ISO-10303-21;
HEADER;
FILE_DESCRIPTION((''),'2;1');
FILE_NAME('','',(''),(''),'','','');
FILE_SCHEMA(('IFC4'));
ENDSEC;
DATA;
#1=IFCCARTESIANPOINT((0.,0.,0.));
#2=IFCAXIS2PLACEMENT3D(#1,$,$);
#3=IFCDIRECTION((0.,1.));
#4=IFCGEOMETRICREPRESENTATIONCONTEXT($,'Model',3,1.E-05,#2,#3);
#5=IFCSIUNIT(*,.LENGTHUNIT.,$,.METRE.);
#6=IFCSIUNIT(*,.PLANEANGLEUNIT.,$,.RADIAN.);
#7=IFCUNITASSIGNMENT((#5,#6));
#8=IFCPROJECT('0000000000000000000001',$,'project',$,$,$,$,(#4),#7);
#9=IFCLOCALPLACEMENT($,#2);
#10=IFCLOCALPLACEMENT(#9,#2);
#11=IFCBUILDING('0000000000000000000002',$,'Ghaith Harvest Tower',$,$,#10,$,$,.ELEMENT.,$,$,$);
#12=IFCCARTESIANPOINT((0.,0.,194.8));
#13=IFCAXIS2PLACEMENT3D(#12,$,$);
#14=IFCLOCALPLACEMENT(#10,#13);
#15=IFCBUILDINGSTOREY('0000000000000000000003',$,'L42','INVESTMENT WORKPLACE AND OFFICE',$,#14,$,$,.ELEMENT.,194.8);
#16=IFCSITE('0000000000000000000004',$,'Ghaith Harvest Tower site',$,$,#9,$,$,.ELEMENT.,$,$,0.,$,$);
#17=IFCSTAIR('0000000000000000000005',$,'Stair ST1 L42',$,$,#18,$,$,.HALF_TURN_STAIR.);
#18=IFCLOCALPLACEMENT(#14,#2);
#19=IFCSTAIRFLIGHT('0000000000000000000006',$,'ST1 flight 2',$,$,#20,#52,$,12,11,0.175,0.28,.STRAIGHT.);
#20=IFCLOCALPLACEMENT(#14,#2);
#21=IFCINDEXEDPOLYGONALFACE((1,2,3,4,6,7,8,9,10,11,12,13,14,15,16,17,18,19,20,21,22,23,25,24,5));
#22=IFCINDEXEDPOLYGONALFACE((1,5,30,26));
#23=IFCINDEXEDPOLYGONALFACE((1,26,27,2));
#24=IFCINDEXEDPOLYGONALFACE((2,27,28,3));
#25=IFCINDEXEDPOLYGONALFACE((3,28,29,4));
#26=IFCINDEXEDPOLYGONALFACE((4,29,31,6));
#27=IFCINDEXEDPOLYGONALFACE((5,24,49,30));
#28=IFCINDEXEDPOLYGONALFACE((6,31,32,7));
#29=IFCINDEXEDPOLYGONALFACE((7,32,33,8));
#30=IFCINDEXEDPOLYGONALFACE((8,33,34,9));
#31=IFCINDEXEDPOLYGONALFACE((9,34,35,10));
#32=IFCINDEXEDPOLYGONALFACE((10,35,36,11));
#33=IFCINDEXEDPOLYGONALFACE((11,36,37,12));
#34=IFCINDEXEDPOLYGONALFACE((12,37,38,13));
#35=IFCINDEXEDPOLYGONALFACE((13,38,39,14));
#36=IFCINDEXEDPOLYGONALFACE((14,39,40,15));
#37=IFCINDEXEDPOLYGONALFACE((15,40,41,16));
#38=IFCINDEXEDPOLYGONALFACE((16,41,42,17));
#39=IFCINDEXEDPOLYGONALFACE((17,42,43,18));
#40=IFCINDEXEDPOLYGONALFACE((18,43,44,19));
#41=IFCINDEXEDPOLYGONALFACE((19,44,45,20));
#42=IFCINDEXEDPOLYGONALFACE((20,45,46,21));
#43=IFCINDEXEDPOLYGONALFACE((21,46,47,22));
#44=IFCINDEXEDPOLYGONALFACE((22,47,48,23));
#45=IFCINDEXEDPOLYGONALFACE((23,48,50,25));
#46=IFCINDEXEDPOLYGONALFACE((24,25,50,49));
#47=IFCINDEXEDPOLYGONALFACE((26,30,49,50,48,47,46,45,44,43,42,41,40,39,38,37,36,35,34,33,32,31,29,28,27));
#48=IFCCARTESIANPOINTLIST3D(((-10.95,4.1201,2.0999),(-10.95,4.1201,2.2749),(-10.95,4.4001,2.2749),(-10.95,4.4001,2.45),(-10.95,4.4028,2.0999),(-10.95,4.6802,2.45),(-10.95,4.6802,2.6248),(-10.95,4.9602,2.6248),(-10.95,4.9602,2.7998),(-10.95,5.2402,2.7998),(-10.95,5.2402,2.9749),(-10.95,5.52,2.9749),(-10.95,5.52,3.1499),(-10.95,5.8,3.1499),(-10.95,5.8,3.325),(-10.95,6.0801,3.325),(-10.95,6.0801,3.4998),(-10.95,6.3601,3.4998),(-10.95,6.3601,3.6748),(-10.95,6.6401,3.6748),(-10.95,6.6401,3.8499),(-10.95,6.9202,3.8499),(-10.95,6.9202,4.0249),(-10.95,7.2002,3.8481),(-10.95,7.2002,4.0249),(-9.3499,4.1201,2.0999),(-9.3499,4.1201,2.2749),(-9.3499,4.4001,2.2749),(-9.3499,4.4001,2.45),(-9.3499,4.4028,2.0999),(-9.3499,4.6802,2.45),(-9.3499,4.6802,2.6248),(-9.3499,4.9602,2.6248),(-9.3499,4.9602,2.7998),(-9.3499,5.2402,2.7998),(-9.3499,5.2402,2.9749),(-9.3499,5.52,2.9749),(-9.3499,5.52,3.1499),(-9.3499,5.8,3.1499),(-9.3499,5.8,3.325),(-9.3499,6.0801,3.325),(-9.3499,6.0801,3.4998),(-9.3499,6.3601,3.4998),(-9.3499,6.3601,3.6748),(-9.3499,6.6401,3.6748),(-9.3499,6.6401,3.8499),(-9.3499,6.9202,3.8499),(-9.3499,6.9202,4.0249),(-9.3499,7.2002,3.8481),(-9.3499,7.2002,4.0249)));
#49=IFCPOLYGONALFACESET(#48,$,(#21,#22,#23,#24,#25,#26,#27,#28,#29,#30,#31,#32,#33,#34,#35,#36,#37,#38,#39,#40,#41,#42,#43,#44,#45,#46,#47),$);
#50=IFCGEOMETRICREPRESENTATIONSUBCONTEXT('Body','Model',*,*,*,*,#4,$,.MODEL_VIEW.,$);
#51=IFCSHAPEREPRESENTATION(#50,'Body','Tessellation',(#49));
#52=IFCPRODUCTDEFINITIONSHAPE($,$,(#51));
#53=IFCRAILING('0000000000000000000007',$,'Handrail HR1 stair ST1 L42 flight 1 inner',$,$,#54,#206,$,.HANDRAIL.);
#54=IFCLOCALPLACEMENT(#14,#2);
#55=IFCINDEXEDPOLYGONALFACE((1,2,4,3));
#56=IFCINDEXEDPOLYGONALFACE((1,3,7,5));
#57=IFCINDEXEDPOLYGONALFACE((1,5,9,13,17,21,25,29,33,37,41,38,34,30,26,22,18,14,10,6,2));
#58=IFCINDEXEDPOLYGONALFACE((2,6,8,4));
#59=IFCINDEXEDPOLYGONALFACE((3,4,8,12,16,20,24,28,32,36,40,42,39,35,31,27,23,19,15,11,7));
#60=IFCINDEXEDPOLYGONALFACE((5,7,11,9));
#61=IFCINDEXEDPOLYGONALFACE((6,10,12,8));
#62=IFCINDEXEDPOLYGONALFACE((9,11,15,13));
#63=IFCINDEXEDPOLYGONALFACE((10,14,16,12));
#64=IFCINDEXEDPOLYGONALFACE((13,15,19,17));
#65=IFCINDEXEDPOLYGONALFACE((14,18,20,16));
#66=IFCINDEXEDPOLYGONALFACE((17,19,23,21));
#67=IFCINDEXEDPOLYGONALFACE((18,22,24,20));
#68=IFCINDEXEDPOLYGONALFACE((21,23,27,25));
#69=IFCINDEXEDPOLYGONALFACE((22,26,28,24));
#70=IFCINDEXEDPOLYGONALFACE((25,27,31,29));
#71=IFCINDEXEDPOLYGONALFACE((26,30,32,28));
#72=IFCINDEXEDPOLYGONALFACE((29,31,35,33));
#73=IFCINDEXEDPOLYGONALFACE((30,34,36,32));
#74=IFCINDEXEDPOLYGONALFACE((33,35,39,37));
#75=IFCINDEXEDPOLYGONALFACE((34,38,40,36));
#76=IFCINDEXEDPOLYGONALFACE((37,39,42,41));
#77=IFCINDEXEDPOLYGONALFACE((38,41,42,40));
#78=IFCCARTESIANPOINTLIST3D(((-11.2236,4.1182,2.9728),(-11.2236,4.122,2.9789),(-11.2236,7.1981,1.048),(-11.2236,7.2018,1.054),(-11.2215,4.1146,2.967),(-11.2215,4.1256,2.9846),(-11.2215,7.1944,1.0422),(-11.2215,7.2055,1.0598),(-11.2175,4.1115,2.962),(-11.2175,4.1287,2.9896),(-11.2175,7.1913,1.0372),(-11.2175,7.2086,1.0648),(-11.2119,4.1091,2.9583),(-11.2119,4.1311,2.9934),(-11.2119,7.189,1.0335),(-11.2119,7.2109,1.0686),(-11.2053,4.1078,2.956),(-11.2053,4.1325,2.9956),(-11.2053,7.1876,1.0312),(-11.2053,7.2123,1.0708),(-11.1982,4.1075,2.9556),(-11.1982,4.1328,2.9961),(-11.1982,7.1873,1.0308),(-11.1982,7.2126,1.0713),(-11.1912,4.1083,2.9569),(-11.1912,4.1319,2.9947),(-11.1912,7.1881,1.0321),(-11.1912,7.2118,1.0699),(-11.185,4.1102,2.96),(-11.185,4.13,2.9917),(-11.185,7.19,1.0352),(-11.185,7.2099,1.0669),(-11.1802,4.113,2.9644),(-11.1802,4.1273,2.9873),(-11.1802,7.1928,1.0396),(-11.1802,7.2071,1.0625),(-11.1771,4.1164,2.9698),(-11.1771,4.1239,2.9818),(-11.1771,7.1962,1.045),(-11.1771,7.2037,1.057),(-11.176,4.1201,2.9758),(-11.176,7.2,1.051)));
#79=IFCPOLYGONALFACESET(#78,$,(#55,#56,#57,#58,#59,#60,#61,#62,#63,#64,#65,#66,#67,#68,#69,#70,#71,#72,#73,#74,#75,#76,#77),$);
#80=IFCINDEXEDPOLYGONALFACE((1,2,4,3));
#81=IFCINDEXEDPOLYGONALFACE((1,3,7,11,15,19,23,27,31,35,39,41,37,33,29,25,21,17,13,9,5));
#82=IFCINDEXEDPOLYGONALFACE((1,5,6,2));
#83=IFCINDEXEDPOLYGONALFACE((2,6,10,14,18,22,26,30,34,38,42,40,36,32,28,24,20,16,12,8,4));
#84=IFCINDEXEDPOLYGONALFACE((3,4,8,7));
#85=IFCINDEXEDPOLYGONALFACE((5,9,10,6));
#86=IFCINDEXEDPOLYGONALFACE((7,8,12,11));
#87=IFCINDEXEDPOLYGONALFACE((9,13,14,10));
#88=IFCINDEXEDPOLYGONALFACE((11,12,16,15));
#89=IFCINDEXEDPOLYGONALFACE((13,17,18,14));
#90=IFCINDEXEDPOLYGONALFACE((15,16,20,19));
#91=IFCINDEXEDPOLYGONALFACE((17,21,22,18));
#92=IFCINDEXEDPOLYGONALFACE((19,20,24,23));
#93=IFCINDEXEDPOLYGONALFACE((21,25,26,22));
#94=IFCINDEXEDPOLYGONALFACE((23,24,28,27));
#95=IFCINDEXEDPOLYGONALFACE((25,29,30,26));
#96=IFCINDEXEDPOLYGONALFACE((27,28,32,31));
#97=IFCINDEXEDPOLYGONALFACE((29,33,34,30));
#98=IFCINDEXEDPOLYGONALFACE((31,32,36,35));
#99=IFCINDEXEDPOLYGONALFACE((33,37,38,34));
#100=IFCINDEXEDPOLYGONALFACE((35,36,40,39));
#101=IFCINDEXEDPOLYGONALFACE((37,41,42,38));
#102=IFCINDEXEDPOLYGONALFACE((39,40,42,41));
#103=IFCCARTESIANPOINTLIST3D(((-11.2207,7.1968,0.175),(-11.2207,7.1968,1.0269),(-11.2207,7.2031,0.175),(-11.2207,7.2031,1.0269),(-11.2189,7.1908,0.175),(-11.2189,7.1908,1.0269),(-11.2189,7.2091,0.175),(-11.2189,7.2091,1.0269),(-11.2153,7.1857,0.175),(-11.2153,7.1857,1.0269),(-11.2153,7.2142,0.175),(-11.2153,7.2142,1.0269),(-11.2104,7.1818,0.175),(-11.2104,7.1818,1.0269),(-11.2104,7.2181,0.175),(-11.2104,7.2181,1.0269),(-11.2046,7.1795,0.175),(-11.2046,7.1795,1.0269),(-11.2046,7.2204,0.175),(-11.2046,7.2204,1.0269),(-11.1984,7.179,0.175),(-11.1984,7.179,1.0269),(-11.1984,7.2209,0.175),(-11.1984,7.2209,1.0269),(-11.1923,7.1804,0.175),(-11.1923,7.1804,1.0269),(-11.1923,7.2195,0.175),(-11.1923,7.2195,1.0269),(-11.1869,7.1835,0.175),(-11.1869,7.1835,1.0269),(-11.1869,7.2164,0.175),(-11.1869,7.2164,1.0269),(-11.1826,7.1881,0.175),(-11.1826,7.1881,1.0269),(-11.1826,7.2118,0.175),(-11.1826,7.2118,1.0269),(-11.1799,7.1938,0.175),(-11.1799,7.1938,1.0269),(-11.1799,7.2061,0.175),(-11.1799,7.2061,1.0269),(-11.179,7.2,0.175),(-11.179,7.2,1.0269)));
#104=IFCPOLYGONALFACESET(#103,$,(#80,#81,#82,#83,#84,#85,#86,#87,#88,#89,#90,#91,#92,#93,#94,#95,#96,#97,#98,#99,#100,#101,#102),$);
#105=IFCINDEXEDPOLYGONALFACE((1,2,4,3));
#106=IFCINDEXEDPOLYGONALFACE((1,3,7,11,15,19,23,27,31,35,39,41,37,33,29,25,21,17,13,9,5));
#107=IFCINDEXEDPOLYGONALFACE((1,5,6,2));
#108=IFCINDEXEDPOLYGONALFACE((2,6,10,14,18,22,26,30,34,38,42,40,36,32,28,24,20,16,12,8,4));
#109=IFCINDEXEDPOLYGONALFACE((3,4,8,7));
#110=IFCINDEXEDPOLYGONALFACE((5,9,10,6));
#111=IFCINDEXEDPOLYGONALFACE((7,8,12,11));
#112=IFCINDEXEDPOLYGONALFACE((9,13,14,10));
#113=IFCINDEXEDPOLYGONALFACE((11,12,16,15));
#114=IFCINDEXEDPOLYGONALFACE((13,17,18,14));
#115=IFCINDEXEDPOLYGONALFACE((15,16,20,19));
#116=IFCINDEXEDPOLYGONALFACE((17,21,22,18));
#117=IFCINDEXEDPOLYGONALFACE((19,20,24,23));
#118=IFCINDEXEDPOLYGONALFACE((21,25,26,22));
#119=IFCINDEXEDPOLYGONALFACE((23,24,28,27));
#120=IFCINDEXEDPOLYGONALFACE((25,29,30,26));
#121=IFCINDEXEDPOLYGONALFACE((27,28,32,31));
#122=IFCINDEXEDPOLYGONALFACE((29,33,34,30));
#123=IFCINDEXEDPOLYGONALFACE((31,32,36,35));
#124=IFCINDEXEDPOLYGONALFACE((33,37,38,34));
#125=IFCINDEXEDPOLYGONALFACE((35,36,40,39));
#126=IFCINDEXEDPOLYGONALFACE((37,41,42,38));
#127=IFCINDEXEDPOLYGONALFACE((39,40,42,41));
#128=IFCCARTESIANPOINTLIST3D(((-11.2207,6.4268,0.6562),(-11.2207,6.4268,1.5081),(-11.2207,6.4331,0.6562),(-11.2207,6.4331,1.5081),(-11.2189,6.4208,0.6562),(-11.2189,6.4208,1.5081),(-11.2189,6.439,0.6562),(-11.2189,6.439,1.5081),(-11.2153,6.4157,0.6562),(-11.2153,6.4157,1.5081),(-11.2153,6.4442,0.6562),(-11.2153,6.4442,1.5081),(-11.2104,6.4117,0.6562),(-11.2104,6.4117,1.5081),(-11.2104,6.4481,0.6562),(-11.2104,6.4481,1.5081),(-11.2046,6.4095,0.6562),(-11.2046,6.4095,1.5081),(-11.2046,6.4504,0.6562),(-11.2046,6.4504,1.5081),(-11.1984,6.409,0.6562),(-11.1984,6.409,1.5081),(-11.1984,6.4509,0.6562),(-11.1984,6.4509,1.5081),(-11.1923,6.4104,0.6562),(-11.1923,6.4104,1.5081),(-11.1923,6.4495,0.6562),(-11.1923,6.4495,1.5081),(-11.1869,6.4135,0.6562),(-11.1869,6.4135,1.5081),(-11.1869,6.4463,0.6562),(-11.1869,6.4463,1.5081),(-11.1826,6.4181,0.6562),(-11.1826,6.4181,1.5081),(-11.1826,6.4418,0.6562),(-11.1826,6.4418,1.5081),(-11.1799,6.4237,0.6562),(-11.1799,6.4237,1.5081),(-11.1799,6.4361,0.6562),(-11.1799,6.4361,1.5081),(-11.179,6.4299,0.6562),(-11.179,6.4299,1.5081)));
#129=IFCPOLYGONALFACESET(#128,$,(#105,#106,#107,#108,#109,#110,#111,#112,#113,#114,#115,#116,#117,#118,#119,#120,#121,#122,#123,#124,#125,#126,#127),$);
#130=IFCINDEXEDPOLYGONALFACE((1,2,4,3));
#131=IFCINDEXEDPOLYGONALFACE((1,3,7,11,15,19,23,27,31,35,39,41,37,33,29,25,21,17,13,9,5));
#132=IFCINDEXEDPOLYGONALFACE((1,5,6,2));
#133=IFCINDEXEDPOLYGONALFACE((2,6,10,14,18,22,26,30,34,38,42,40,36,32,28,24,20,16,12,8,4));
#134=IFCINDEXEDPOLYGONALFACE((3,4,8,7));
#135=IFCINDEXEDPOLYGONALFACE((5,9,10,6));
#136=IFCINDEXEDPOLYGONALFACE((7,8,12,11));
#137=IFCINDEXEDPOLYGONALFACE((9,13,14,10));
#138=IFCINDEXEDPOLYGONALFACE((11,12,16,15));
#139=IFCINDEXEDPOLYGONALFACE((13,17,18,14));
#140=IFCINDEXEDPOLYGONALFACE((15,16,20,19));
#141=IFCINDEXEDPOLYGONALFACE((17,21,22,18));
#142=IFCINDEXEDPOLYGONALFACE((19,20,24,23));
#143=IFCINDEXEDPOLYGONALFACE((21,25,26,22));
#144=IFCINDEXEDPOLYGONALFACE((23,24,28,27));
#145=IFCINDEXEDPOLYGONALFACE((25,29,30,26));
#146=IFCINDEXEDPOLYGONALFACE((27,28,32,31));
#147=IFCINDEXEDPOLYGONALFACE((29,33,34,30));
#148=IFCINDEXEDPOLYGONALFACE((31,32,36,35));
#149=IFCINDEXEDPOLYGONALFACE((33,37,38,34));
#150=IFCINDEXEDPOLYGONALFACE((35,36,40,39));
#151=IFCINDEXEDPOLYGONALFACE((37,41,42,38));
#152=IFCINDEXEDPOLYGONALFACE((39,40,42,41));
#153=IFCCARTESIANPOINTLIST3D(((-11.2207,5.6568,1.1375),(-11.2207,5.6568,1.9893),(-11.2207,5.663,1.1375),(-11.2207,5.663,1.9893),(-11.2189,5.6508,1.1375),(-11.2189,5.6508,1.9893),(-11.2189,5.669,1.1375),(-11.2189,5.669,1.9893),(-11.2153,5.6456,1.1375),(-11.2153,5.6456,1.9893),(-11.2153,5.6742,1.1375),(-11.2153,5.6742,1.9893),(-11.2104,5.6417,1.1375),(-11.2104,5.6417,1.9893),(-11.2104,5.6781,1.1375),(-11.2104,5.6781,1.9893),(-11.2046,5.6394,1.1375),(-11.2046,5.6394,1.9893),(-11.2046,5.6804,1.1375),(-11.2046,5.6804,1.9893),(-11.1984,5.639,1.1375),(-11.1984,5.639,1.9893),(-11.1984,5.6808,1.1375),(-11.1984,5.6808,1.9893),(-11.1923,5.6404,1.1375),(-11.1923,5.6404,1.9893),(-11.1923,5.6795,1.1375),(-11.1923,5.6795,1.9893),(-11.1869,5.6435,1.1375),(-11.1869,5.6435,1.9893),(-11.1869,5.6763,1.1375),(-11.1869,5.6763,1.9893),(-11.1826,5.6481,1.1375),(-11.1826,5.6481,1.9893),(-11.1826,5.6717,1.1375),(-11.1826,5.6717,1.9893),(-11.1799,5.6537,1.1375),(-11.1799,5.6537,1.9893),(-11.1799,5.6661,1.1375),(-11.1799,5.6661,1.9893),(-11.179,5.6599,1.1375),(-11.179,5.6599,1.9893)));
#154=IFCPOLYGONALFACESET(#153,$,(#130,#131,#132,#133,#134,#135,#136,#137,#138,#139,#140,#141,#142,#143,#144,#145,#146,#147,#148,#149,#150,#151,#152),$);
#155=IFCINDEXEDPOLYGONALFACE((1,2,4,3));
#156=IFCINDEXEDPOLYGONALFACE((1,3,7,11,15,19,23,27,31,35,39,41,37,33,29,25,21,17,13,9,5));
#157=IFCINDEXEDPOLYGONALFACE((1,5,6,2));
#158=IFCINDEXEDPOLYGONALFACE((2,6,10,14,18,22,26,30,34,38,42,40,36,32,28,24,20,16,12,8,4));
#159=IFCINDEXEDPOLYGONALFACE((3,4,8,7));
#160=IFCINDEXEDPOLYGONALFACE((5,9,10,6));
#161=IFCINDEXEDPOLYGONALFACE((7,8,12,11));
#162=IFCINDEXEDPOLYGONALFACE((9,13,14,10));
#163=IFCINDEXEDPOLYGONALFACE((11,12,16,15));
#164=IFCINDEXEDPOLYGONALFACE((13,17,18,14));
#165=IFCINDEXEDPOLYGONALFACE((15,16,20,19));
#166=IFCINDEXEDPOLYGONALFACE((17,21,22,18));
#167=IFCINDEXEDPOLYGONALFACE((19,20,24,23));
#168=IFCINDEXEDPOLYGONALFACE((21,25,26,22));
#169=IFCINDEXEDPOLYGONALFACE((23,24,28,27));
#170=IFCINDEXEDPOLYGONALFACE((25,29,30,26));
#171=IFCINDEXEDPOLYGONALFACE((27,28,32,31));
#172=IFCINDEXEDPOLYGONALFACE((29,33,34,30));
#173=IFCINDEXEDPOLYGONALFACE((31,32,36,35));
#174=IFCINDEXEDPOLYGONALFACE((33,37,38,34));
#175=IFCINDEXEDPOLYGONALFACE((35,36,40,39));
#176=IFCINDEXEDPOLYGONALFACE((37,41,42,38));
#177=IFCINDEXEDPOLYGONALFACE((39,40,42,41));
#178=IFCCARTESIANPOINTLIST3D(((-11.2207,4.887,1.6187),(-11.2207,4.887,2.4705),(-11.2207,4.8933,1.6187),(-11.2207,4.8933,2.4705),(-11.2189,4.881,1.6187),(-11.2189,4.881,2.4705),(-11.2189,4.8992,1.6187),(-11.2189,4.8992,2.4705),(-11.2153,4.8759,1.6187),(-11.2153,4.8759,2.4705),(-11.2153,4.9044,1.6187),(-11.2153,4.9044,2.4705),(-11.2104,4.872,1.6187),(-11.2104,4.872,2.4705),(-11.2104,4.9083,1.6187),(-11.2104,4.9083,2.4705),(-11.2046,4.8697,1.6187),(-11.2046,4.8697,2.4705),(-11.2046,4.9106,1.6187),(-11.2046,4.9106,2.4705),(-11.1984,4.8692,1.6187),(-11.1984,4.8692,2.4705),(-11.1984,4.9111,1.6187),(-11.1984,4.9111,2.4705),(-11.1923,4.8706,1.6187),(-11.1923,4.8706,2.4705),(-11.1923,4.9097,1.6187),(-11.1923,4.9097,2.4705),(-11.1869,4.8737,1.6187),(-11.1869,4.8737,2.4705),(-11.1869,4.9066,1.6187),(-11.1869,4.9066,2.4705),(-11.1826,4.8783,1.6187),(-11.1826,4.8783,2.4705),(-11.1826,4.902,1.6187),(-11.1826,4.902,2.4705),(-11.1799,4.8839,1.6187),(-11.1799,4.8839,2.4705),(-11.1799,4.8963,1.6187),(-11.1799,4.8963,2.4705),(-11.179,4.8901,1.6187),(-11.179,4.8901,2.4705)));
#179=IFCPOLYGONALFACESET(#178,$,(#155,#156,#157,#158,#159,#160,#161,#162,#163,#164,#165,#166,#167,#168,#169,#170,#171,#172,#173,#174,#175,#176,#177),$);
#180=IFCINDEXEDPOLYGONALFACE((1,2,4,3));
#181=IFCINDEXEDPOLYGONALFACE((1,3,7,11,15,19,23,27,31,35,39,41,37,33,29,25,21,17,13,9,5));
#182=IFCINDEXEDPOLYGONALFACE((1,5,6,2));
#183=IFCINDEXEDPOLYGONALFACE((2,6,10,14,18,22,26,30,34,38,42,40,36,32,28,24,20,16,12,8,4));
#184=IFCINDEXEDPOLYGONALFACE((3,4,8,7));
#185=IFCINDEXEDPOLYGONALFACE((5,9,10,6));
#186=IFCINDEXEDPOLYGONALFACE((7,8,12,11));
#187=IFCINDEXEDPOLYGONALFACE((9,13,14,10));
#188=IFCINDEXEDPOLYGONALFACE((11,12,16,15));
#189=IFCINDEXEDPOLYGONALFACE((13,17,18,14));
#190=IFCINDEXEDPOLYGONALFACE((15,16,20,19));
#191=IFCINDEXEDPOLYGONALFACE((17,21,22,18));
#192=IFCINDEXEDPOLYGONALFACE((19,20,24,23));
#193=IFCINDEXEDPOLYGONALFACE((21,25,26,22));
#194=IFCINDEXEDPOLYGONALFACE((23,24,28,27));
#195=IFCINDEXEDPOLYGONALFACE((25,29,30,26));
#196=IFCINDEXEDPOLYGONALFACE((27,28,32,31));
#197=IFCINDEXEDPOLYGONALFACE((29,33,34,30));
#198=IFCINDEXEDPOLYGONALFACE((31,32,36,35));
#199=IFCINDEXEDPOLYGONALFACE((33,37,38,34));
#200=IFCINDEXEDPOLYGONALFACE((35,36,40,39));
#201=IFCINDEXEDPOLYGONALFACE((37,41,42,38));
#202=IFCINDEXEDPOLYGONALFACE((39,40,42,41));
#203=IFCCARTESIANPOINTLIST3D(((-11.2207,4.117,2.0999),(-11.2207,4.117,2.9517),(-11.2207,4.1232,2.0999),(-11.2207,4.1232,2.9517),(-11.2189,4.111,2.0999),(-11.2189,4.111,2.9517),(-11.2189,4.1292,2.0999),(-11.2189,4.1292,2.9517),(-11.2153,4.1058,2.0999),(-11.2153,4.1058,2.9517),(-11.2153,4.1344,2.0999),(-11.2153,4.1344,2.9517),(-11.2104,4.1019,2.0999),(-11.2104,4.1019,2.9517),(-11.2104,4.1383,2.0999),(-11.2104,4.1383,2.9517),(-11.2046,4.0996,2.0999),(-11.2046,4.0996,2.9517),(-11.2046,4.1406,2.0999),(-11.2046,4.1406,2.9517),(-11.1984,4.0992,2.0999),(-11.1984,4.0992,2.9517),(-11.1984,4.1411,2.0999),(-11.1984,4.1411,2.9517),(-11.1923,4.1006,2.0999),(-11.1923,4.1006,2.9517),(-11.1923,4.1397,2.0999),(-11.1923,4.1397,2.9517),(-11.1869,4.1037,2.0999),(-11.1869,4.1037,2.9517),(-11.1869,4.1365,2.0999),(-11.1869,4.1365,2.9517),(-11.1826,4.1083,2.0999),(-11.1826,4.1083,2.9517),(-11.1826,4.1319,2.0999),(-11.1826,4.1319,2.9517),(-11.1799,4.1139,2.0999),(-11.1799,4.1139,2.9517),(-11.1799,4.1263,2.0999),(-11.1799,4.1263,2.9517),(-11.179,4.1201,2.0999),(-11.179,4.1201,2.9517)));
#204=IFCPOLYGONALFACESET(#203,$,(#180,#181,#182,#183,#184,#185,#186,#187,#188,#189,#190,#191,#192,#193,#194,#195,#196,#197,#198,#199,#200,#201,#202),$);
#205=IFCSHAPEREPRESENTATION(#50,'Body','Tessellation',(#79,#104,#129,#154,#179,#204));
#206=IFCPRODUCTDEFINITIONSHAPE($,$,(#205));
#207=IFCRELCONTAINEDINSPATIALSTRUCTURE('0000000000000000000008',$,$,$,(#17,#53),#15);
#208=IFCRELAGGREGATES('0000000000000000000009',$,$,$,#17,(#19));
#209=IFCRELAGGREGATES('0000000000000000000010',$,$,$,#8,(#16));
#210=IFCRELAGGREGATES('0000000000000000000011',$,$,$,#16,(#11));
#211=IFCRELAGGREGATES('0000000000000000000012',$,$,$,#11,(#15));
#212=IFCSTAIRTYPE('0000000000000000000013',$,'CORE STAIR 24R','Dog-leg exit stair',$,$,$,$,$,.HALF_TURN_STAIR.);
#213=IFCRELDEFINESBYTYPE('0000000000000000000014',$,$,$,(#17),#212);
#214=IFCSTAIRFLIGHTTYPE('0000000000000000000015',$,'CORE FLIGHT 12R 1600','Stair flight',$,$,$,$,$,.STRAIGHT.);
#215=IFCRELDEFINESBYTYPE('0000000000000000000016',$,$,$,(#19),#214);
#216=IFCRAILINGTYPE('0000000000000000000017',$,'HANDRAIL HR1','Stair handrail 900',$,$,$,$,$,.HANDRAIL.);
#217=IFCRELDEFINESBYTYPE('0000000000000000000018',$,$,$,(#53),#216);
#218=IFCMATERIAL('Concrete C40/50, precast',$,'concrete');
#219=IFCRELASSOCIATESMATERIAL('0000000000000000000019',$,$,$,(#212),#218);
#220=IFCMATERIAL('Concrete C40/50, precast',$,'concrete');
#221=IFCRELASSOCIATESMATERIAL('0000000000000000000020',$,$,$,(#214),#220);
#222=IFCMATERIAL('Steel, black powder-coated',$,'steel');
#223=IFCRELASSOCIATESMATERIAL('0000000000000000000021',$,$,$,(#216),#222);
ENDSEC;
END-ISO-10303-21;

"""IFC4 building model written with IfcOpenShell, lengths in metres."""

from ifc_helpers import new_model, si_unit, direction, frame, origin, origin_2d, place, context, subcontext, project, spatial, polyline, circle, outline, extrude, material, type_object, element, aggregate, save


model = new_model("IFC4")

# Units and contexts
model_context = context("Model", 3, precision=1e-05, world=origin(), true_north=direction((0.0, 1.0)))
body_context = subcontext(model_context, "Body", "Model", "MODEL_VIEW")
ifc_project = project(units=[si_unit("LENGTHUNIT", "METRE"), si_unit("PLANEANGLEUNIT", "RADIAN")], contexts=[model_context])

# Site, building, storey
site_placement = place(None, origin())
site = spatial("IfcSite", under=ifc_project, at=site_placement, Name="Ghaith Harvest Tower site", CompositionType="ELEMENT", RefElevation=0.0)
building_placement = place(site_placement, origin())
building = spatial("IfcBuilding", under=site, at=building_placement, Name="Ghaith Harvest Tower", CompositionType="ELEMENT")
storey_placement = place(building_placement, frame((0.0, 0.0, 194.8)))
storey = spatial("IfcBuildingStorey", under=building, at=storey_placement, Name="L42", Description="INVESTMENT WORKPLACE AND OFFICE", CompositionType="ELEMENT", Elevation=194.8)

# Stair, stair flight
ifc_material_1 = material(Name="Concrete C40/50, precast", Category="concrete")
stair_type = type_object("IfcStairType", Name="CORE STAIR 24R", Description="Dog-leg exit stair", PredefinedType="HALF_TURN_STAIR", material=ifc_material_1)
stair_placement = place(storey_placement, origin())
stair = element("IfcStair", 1, at=stair_placement, inside=storey, type_object=stair_type, Name="Stair ST1 L42", PredefinedType="HALF_TURN_STAIR")
ifc_material_2 = material(Name="Concrete C40/50, precast", Category="concrete")
stair_flight_type = type_object("IfcStairFlightType", Name="CORE FLIGHT 12R 1600", Description="Stair flight", PredefinedType="STRAIGHT", material=ifc_material_2)
stair_flight_1_placement = place(storey_placement, frame((-10.1499, 4.1201, 2.0999), z_axis=(0.0, 0.0, 1.0), x_axis=(0.0, 1.0, 0.0)))
stair_flight_1 = element("IfcStairFlight", 2, at=stair_flight_1_placement, type_object=stair_flight_type, Name="ST1 flight 2", NumberOfRisers=12, NumberOfTreads=11, PredefinedType="STRAIGHT", RiserHeight=0.175, TreadLength=0.28, context=body_context, shape_type="SweptSolid", body=[
    extrude(outline(polyline([(0.0, 0.0), (0.0, 0.175), (0.28, 0.175), (0.28, 0.3501), (0.5601, 0.3501), (0.5601, 0.5249), (0.8401, 0.5249), (0.8401, 0.7), (1.1201, 0.7), (1.1201, 0.875), (1.3999, 0.875), (1.3999, 1.05), (1.6799, 1.05), (1.6799, 1.2251), (1.96, 1.2251), (1.96, 1.3999), (2.24, 1.3999), (2.24, 1.575), (2.52, 1.575), (2.52, 1.75), (2.8, 1.75), (2.8, 1.925), (3.0801, 1.925), (3.0801, 2.1001), (3.0801, 1.7483), (0.2827, 0.0), (0.0, 0.0)])), frame((0.0, 0.8, 0.0), z_axis=(0.0, -1.0, 0.0), x_axis=(1.0, 0.0, 0.0)), (0.0, 0.0, 1.0), 1.6001),
])
aggregate(stair, [stair_flight_1])

# Railing
ifc_material_3 = material(Name="Steel, black powder-coated", Category="steel")
railing_type = type_object("IfcRailingType", Name="HANDRAIL HR1", Description="Stair handrail 900", PredefinedType="HANDRAIL", material=ifc_material_3)
railing_1_placement = place(storey_placement, frame((-11.2, 7.2, 0.175)))
element("IfcRailing", 3, at=railing_1_placement, inside=storey, type_object=railing_type, Name="Handrail HR1 stair ST1 L42 flight 1 inner", PredefinedType="HANDRAIL", context=body_context, shape_type="SweptSolid", body=[
    extrude(circle(Radius=0.0239, at=origin_2d()), frame((0.0, 0.0, 0.876), z_axis=(0.0, -0.84801, 0.529981), x_axis=(1.0, 0.0, 0.0)), (0.0, 0.0, 1.0), 3.6318),
    extrude(circle(Radius=0.021, at=origin_2d()), origin(), (0.0, 0.0, 1.0), 0.8518),
    extrude(circle(Radius=0.021, at=origin_2d()), frame((0.0, -0.77, 0.4812)), (0.0, 0.0, 1.0), 0.8518),
    extrude(circle(Radius=0.021, at=origin_2d()), frame((0.0, -1.54, 0.9624)), (0.0, 0.0, 1.0), 0.8518),
    extrude(circle(Radius=0.021, at=origin_2d()), frame((0.0, -2.3098, 1.4436)), (0.0, 0.0, 1.0), 0.8518),
    extrude(circle(Radius=0.021, at=origin_2d()), frame((0.0, -3.0798, 1.9248)), (0.0, 0.0, 1.0), 0.8518),
])

save(model, "model.ifc")
